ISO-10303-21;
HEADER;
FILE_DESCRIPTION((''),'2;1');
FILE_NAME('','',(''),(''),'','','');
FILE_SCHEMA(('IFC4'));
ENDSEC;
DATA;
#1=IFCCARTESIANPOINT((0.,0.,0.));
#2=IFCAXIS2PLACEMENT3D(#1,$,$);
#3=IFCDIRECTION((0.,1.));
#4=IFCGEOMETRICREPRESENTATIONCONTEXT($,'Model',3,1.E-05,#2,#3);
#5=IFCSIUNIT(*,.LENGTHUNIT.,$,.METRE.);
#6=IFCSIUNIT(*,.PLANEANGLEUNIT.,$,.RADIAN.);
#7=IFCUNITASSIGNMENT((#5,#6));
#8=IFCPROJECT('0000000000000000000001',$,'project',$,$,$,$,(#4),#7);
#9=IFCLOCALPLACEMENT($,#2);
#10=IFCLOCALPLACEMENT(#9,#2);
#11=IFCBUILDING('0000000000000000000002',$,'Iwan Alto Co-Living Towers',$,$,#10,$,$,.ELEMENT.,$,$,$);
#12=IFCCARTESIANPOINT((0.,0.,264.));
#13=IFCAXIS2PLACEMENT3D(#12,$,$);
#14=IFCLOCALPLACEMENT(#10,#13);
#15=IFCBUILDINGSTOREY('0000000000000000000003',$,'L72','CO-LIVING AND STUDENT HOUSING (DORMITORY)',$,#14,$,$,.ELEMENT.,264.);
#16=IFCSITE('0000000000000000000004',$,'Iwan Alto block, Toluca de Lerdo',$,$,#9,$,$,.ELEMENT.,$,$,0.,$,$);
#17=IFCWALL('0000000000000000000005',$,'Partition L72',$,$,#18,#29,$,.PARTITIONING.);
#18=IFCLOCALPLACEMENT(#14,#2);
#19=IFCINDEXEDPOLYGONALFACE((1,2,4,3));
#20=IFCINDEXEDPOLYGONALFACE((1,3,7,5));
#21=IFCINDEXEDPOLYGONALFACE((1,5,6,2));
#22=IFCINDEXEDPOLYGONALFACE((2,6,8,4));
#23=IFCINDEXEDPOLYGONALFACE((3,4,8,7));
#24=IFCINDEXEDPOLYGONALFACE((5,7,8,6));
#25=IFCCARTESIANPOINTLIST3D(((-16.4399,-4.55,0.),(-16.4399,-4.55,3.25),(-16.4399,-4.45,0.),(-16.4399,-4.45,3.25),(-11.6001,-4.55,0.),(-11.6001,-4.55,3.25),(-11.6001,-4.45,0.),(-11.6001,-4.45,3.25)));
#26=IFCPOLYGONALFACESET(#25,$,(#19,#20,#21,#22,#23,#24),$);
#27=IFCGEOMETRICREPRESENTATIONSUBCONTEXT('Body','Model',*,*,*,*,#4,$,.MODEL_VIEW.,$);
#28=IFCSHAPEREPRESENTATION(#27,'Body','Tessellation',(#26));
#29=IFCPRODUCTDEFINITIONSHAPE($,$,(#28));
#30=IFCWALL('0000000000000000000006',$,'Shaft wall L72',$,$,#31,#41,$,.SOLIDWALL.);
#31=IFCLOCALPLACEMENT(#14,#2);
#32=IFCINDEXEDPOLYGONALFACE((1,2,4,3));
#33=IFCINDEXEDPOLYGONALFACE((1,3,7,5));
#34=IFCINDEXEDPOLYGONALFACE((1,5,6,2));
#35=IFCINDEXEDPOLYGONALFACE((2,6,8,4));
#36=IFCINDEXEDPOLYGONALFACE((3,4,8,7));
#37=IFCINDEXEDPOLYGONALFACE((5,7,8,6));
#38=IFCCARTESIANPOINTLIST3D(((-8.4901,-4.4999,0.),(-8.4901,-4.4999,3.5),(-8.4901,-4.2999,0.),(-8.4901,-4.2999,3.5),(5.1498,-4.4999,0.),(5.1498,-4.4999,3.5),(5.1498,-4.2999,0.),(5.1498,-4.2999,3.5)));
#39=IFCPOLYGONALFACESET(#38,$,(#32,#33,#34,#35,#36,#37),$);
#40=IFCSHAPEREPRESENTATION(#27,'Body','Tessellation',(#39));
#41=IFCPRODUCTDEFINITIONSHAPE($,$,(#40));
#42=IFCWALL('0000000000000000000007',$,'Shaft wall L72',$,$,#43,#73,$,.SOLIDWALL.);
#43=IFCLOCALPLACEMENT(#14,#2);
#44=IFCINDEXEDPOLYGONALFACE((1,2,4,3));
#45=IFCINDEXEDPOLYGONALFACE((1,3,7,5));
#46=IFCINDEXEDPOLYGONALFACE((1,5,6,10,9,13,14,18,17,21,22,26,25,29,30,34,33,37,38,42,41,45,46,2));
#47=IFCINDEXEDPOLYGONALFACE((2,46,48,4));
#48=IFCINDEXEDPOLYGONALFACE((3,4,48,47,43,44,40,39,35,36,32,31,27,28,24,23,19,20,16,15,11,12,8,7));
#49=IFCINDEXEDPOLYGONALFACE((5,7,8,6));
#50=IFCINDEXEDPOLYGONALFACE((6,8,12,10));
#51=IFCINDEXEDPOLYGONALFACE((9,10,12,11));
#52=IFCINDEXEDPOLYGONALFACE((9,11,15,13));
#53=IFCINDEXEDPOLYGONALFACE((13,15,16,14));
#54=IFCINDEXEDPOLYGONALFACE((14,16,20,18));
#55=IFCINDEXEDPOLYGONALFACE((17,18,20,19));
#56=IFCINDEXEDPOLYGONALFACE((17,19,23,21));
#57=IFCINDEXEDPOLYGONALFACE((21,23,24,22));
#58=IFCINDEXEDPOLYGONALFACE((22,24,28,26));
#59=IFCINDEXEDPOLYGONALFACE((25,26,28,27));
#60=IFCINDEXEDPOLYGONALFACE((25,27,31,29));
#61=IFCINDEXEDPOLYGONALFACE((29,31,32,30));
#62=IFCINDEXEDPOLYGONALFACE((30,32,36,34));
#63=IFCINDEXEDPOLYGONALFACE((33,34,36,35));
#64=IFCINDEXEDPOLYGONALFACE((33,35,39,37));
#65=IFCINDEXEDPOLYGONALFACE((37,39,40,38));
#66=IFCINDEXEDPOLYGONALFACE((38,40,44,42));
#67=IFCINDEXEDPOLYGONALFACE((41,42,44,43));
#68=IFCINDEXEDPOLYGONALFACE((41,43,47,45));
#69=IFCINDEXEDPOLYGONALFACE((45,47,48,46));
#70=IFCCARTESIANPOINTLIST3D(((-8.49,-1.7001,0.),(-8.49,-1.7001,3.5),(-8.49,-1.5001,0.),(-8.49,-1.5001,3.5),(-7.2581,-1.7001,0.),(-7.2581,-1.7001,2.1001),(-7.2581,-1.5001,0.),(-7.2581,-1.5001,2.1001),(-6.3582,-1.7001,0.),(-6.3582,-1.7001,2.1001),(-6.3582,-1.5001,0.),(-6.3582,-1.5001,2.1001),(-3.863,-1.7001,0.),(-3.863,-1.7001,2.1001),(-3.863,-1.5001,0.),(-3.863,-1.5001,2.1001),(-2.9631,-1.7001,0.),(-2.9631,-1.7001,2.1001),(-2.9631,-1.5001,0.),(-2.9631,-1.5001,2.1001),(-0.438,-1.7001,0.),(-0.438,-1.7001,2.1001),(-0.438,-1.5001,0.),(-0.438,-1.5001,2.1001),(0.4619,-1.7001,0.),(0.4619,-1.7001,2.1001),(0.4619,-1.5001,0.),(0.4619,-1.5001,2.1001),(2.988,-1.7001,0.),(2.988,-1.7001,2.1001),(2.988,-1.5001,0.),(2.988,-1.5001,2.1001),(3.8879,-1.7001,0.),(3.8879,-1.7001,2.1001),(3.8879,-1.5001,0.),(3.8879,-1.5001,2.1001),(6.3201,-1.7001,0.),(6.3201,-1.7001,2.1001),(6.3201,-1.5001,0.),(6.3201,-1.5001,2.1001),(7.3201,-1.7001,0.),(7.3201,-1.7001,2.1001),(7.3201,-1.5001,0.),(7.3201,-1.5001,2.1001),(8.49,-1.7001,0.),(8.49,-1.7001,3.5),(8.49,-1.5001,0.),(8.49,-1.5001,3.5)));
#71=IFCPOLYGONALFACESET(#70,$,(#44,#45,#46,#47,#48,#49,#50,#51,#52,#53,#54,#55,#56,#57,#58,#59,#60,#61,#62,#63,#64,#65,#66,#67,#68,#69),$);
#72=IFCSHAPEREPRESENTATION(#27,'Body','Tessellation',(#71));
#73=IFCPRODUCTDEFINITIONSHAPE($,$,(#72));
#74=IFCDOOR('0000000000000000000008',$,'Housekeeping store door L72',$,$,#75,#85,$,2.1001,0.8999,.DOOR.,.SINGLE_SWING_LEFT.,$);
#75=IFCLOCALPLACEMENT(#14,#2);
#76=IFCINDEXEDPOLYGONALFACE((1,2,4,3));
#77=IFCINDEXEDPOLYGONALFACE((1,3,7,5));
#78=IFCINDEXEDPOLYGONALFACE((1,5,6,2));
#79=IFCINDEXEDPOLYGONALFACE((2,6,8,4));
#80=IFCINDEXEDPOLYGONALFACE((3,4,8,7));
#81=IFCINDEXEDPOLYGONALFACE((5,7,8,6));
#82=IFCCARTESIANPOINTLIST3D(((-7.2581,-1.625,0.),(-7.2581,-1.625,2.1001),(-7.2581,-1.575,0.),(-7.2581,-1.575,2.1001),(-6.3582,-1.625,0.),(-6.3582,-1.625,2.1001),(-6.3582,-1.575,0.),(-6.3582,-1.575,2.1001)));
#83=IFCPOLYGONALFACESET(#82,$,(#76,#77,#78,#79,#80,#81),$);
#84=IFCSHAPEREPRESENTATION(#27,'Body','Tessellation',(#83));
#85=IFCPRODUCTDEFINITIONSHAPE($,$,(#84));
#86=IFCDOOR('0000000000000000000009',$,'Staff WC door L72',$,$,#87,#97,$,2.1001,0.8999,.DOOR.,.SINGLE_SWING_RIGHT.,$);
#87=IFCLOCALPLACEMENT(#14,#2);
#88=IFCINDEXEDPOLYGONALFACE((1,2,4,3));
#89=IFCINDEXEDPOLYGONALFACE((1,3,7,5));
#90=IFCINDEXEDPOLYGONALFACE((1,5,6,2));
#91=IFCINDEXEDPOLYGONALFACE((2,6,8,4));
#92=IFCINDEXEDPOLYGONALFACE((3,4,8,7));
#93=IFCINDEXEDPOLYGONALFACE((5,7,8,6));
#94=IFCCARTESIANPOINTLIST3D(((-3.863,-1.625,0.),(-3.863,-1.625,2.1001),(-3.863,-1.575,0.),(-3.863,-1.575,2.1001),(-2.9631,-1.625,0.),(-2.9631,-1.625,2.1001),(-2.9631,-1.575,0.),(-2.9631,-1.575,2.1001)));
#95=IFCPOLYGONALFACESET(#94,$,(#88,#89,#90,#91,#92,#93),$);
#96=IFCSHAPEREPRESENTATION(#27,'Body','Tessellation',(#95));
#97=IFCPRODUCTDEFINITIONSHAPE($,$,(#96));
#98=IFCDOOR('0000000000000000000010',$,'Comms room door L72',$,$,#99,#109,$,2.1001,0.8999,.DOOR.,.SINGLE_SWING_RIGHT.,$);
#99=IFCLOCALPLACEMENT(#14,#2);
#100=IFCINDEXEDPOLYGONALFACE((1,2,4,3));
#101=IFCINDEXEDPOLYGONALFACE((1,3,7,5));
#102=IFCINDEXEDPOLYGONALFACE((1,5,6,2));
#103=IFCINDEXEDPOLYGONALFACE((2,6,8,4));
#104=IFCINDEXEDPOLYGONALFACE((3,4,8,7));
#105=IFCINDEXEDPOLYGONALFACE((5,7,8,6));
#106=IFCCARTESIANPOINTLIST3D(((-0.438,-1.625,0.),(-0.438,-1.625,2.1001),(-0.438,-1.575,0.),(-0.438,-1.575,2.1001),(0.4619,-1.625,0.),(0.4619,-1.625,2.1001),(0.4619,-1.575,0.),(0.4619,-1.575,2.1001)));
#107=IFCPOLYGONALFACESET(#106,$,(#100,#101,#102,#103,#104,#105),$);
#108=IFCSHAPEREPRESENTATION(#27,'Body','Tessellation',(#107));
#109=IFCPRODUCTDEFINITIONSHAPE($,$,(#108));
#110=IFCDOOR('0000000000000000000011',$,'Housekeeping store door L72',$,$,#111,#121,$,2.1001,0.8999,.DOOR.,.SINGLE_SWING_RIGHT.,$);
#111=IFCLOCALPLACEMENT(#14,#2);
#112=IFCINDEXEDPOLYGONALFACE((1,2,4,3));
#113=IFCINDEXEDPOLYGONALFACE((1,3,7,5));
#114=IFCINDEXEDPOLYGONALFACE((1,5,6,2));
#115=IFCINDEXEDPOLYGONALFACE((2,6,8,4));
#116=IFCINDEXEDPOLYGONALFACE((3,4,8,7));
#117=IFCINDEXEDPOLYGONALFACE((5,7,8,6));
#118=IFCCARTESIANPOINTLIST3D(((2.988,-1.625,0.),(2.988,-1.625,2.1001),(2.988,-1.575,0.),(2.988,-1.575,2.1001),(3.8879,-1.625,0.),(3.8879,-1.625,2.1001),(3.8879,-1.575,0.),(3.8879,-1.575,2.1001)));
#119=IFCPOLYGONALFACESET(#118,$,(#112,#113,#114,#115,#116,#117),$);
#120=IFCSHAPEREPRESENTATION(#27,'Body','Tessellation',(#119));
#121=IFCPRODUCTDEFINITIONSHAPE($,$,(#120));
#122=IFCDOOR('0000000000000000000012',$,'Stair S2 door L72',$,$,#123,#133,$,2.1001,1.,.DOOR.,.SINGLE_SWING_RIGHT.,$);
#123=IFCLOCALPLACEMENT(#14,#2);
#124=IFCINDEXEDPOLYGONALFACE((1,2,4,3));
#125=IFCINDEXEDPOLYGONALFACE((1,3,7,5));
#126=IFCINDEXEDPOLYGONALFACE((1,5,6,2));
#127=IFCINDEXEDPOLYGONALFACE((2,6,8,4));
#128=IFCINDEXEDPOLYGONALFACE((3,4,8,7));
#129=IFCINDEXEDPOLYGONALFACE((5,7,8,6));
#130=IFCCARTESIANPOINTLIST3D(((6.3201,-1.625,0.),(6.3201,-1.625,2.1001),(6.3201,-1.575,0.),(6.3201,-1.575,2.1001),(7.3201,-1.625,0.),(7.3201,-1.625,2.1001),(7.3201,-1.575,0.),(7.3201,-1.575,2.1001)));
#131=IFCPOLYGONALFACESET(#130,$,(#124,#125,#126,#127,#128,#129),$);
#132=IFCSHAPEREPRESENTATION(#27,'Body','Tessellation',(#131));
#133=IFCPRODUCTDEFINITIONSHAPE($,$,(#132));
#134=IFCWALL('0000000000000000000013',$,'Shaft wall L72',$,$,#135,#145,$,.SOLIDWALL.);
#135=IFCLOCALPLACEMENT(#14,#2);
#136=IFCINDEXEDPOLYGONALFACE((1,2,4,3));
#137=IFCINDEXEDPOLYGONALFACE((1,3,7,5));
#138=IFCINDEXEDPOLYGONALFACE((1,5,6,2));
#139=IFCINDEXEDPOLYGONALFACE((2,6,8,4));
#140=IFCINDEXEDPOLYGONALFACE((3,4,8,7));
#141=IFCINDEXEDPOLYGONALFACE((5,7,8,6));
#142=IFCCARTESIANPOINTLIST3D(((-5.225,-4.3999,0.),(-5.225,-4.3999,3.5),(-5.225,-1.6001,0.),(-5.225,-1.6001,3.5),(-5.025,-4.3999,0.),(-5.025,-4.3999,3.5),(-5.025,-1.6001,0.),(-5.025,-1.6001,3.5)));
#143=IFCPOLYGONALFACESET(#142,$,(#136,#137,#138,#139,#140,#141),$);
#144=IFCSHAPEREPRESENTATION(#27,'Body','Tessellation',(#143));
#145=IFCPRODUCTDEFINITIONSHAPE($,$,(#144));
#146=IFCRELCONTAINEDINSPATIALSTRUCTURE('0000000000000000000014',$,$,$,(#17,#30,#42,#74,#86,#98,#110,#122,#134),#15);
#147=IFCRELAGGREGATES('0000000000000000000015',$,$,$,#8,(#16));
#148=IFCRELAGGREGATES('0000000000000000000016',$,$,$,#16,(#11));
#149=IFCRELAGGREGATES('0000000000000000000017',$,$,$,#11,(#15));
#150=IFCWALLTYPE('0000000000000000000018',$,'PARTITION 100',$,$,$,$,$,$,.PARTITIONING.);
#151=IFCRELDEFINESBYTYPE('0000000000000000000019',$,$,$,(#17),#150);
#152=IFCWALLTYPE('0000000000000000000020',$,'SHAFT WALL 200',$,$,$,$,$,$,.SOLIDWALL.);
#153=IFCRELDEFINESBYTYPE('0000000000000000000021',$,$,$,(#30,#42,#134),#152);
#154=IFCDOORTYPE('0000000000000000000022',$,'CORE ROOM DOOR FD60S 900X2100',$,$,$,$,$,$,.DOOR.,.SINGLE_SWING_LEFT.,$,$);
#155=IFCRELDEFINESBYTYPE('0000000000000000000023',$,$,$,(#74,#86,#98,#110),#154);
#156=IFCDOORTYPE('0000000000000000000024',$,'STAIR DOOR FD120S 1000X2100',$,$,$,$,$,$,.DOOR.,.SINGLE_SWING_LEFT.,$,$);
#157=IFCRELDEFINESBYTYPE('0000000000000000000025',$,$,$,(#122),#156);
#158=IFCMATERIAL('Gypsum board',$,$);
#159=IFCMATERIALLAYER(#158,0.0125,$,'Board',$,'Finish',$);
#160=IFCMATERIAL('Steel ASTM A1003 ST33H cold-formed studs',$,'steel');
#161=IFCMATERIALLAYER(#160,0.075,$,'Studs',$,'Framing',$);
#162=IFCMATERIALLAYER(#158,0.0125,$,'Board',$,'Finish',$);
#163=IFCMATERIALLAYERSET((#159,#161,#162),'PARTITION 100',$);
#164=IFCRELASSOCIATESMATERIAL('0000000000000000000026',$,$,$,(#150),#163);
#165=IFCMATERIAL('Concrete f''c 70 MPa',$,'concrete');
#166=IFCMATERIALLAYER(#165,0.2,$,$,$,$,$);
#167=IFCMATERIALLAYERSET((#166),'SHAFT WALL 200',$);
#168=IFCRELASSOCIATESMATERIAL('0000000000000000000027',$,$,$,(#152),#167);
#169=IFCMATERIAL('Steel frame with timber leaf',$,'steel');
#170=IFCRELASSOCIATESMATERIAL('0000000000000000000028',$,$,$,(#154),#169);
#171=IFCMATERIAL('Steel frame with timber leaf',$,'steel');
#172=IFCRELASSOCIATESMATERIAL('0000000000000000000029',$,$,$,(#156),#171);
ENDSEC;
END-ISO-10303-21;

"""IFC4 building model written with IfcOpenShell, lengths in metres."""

from ifc_helpers import new_model, si_unit, direction, frame, frame_2d, origin, place, context, subcontext, project, spatial, rectangle, extrude, material, layer, layer_set, type_object, element, fill, save


model = new_model("IFC4")

# Units and contexts
model_context = context("Model", 3, precision=1e-05, world=origin(), true_north=direction((0.0, 1.0)))
body_context = subcontext(model_context, "Body", "Model", "MODEL_VIEW")
ifc_project = project(units=[si_unit("LENGTHUNIT", "METRE"), si_unit("PLANEANGLEUNIT", "RADIAN")], contexts=[model_context])

# Site, building, storey
site_placement = place(None, origin())
site = spatial("IfcSite", under=ifc_project, at=site_placement, Name="Iwan Alto block, Toluca de Lerdo", CompositionType="ELEMENT", RefElevation=0.0)
building_placement = place(site_placement, origin())
building = spatial("IfcBuilding", under=site, at=building_placement, Name="Iwan Alto Co-Living Towers", CompositionType="ELEMENT")
storey_placement = place(building_placement, frame((0.0, 0.0, 264.0)))
storey = spatial("IfcBuildingStorey", under=building, at=storey_placement, Name="L72", Description="CO-LIVING AND STUDENT HOUSING (DORMITORY)", CompositionType="ELEMENT", Elevation=264.0)

# Walls
ifc_material_1 = material(Name="Gypsum board")
ifc_layer_1 = layer(ifc_material_1, 0.0125, Name="Board", Category="Finish")
ifc_material_2 = material(Name="Steel ASTM A1003 ST33H cold-formed studs", Category="steel")
ifc_layer_2 = layer(ifc_material_2, 0.075, Name="Studs", Category="Framing")
ifc_layer_3 = layer(ifc_material_1, 0.0125, Name="Board", Category="Finish")
ifc_layer_set_1 = layer_set([ifc_layer_1, ifc_layer_2, ifc_layer_3], Name="PARTITION 100")
wall_type_1 = type_object("IfcWallType", Name="PARTITION 100", PredefinedType="PARTITIONING", material=ifc_layer_set_1)
wall_1_placement = place(storey_placement, frame((-16.4399, -4.5, 0.0), z_axis=(0.0, 0.0, 1.0), x_axis=(1.0, 0.0, 0.0)))
element("IfcWall", 1, at=wall_1_placement, inside=storey, type_object=wall_type_1, Name="Partition L72", PredefinedType="PARTITIONING", context=body_context, shape_type="SweptSolid", body=[
    extrude(rectangle(XDim=4.8398, YDim=0.1001, at=frame_2d((2.4199, 0.0))), origin(), (0.0, 0.0, 1.0), 3.25),
])
ifc_material_3 = material(Name="Concrete f'c 70 MPa", Category="concrete")
ifc_layer_4 = layer(ifc_material_3, 0.2)
ifc_layer_set_2 = layer_set([ifc_layer_4], Name="SHAFT WALL 200")
wall_type_2 = type_object("IfcWallType", Name="SHAFT WALL 200", PredefinedType="SOLIDWALL", material=ifc_layer_set_2)
wall_2_placement = place(storey_placement, frame((-8.49, -4.3999, 0.0), z_axis=(0.0, 0.0, 1.0), x_axis=(1.0, 0.0, 0.0)))
element("IfcWall", 2, at=wall_2_placement, inside=storey, type_object=wall_type_2, Name="Shaft wall L72", PredefinedType="SOLIDWALL", context=body_context, shape_type="SweptSolid", body=[
    extrude(rectangle(XDim=13.6399, YDim=0.2, at=frame_2d((6.8198, 0.0))), origin(), (0.0, 0.0, 1.0), 3.5),
])

# Wall, openings, doors
wall_3_placement = place(storey_placement, frame((-8.49, -1.6001, 0.0), z_axis=(0.0, 0.0, 1.0), x_axis=(1.0, 0.0, 0.0)))
wall_3 = element("IfcWall", 3, at=wall_3_placement, inside=storey, type_object=wall_type_2, Name="Shaft wall L72", PredefinedType="SOLIDWALL", context=body_context, shape_type="SweptSolid", body=[
    extrude(rectangle(XDim=16.98, YDim=0.2, at=frame_2d((8.49, 0.0))), origin(), (0.0, 0.0, 1.0), 3.5),
])
opening_1_placement = place(wall_3_placement, frame((14.8101, 0.0, 0.0)))
opening_1 = element("IfcOpeningElement", 4, at=opening_1_placement, cuts=wall_3, PredefinedType="OPENING", context=body_context, shape_type="SweptSolid", body=[
    extrude(rectangle(XDim=1.0, YDim=2.1001, at=frame_2d((0.5, 1.05))), frame((0.0, 0.1099, 0.0), z_axis=(0.0, -1.0, 0.0), x_axis=(1.0, 0.0, 0.0)), (0.0, 0.0, 1.0), 0.22),
])
opening_2_placement = place(wall_3_placement, frame((1.2319, 0.0, 0.0)))
opening_2 = element("IfcOpeningElement", 5, at=opening_2_placement, cuts=wall_3, PredefinedType="OPENING", context=body_context, shape_type="SweptSolid", body=[
    extrude(rectangle(XDim=0.8999, YDim=2.1001, at=frame_2d((0.45, 1.05))), frame((0.0, 0.1099, 0.0), z_axis=(0.0, -1.0, 0.0), x_axis=(1.0, 0.0, 0.0)), (0.0, 0.0, 1.0), 0.22),
])
opening_3_placement = place(wall_3_placement, frame((4.627, 0.0, 0.0)))
opening_3 = element("IfcOpeningElement", 6, at=opening_3_placement, cuts=wall_3, PredefinedType="OPENING", context=body_context, shape_type="SweptSolid", body=[
    extrude(rectangle(XDim=0.8999, YDim=2.1001, at=frame_2d((0.45, 1.05))), frame((0.0, 0.1099, 0.0), z_axis=(0.0, -1.0, 0.0), x_axis=(1.0, 0.0, 0.0)), (0.0, 0.0, 1.0), 0.22),
])
opening_4_placement = place(wall_3_placement, frame((8.052, 0.0, 0.0)))
opening_4 = element("IfcOpeningElement", 7, at=opening_4_placement, cuts=wall_3, PredefinedType="OPENING", context=body_context, shape_type="SweptSolid", body=[
    extrude(rectangle(XDim=0.8999, YDim=2.1001, at=frame_2d((0.45, 1.05))), frame((0.0, 0.1099, 0.0), z_axis=(0.0, -1.0, 0.0), x_axis=(1.0, 0.0, 0.0)), (0.0, 0.0, 1.0), 0.22),
])
opening_5_placement = place(wall_3_placement, frame((11.478, 0.0, 0.0)))
opening_5 = element("IfcOpeningElement", 8, at=opening_5_placement, cuts=wall_3, PredefinedType="OPENING", context=body_context, shape_type="SweptSolid", body=[
    extrude(rectangle(XDim=0.8999, YDim=2.1001, at=frame_2d((0.45, 1.05))), frame((0.0, 0.1099, 0.0), z_axis=(0.0, -1.0, 0.0), x_axis=(1.0, 0.0, 0.0)), (0.0, 0.0, 1.0), 0.22),
])
ifc_material_4 = material(Name="Steel frame with timber leaf", Category="steel")
door_type_1 = type_object("IfcDoorType", Name="CORE ROOM DOOR FD60S 900X2100", OperationType="SINGLE_SWING_LEFT", PredefinedType="DOOR", material=ifc_material_4)
door_1_placement = place(opening_2_placement, frame((0.8999, 0.0, 0.0), z_axis=(0.0, 0.0, 1.0), x_axis=(-1.0, 0.0, 0.0)))
door_1 = element("IfcDoor", 9, at=door_1_placement, inside=storey, type_object=door_type_1, Name="Housekeeping store door L72", OperationType="SINGLE_SWING_LEFT", OverallHeight=2.1001, OverallWidth=0.8999, PredefinedType="DOOR", context=body_context, shape_type="SweptSolid", body=[
    extrude(rectangle(XDim=0.8999, YDim=2.1001, at=frame_2d((0.45, 1.05))), frame((0.0, 0.0249, 0.0), z_axis=(0.0, -1.0, 0.0), x_axis=(1.0, 0.0, 0.0)), (0.0, 0.0, 1.0), 0.05),
])
fill(opening_2, door_1)
door_2_placement = place(opening_3_placement, frame((0.8999, 0.0, 0.0), z_axis=(0.0, 0.0, 1.0), x_axis=(-1.0, 0.0, 0.0)))
door_2 = element("IfcDoor", 10, at=door_2_placement, inside=storey, type_object=door_type_1, Name="Staff WC door L72", OperationType="SINGLE_SWING_RIGHT", OverallHeight=2.1001, OverallWidth=0.8999, PredefinedType="DOOR", context=body_context, shape_type="SweptSolid", body=[
    extrude(rectangle(XDim=0.8999, YDim=2.1001, at=frame_2d((0.45, 1.05))), frame((0.0, 0.0249, 0.0), z_axis=(0.0, -1.0, 0.0), x_axis=(1.0, 0.0, 0.0)), (0.0, 0.0, 1.0), 0.05),
])
fill(opening_3, door_2)
door_3_placement = place(opening_4_placement, frame((0.8999, 0.0, 0.0), z_axis=(0.0, 0.0, 1.0), x_axis=(-1.0, 0.0, 0.0)))
door_3 = element("IfcDoor", 11, at=door_3_placement, inside=storey, type_object=door_type_1, Name="Comms room door L72", OperationType="SINGLE_SWING_RIGHT", OverallHeight=2.1001, OverallWidth=0.8999, PredefinedType="DOOR", context=body_context, shape_type="SweptSolid", body=[
    extrude(rectangle(XDim=0.8999, YDim=2.1001, at=frame_2d((0.45, 1.05))), frame((0.0, 0.0249, 0.0), z_axis=(0.0, -1.0, 0.0), x_axis=(1.0, 0.0, 0.0)), (0.0, 0.0, 1.0), 0.05),
])
fill(opening_4, door_3)
door_4_placement = place(opening_5_placement, frame((0.8999, 0.0, 0.0), z_axis=(0.0, 0.0, 1.0), x_axis=(-1.0, 0.0, 0.0)))
door_4 = element("IfcDoor", 12, at=door_4_placement, inside=storey, type_object=door_type_1, Name="Housekeeping store door L72", OperationType="SINGLE_SWING_RIGHT", OverallHeight=2.1001, OverallWidth=0.8999, PredefinedType="DOOR", context=body_context, shape_type="SweptSolid", body=[
    extrude(rectangle(XDim=0.8999, YDim=2.1001, at=frame_2d((0.45, 1.05))), frame((0.0, 0.0249, 0.0), z_axis=(0.0, -1.0, 0.0), x_axis=(1.0, 0.0, 0.0)), (0.0, 0.0, 1.0), 0.05),
])
fill(opening_5, door_4)
ifc_material_5 = material(Name="Steel frame with timber leaf", Category="steel")
door_type_2 = type_object("IfcDoorType", Name="STAIR DOOR FD120S 1000X2100", OperationType="SINGLE_SWING_LEFT", PredefinedType="DOOR", material=ifc_material_5)
door_5_placement = place(opening_1_placement, frame((1.0, 0.0, 0.0), z_axis=(0.0, 0.0, 1.0), x_axis=(-1.0, 0.0, 0.0)))
door_5 = element("IfcDoor", 13, at=door_5_placement, inside=storey, type_object=door_type_2, Name="Stair S2 door L72", OperationType="SINGLE_SWING_RIGHT", OverallHeight=2.1001, OverallWidth=1.0, PredefinedType="DOOR", context=body_context, shape_type="SweptSolid", body=[
    extrude(rectangle(XDim=1.0, YDim=2.1001, at=frame_2d((0.5, 1.05))), frame((0.0, 0.0249, 0.0), z_axis=(0.0, -1.0, 0.0), x_axis=(1.0, 0.0, 0.0)), (0.0, 0.0, 1.0), 0.05),
])
fill(opening_1, door_5)

# Wall
wall_4_placement = place(storey_placement, frame((-5.125, -4.3999, 0.0), z_axis=(0.0, 0.0, 1.0), x_axis=(0.0, 1.0, 0.0)))
element("IfcWall", 14, at=wall_4_placement, inside=storey, type_object=wall_type_2, Name="Shaft wall L72", PredefinedType="SOLIDWALL", context=body_context, shape_type="SweptSolid", body=[
    extrude(rectangle(XDim=2.7998, YDim=0.2, at=frame_2d((1.3999, 0.0))), origin(), (0.0, 0.0, 1.0), 3.5),
])

save(model, "model.ifc")
